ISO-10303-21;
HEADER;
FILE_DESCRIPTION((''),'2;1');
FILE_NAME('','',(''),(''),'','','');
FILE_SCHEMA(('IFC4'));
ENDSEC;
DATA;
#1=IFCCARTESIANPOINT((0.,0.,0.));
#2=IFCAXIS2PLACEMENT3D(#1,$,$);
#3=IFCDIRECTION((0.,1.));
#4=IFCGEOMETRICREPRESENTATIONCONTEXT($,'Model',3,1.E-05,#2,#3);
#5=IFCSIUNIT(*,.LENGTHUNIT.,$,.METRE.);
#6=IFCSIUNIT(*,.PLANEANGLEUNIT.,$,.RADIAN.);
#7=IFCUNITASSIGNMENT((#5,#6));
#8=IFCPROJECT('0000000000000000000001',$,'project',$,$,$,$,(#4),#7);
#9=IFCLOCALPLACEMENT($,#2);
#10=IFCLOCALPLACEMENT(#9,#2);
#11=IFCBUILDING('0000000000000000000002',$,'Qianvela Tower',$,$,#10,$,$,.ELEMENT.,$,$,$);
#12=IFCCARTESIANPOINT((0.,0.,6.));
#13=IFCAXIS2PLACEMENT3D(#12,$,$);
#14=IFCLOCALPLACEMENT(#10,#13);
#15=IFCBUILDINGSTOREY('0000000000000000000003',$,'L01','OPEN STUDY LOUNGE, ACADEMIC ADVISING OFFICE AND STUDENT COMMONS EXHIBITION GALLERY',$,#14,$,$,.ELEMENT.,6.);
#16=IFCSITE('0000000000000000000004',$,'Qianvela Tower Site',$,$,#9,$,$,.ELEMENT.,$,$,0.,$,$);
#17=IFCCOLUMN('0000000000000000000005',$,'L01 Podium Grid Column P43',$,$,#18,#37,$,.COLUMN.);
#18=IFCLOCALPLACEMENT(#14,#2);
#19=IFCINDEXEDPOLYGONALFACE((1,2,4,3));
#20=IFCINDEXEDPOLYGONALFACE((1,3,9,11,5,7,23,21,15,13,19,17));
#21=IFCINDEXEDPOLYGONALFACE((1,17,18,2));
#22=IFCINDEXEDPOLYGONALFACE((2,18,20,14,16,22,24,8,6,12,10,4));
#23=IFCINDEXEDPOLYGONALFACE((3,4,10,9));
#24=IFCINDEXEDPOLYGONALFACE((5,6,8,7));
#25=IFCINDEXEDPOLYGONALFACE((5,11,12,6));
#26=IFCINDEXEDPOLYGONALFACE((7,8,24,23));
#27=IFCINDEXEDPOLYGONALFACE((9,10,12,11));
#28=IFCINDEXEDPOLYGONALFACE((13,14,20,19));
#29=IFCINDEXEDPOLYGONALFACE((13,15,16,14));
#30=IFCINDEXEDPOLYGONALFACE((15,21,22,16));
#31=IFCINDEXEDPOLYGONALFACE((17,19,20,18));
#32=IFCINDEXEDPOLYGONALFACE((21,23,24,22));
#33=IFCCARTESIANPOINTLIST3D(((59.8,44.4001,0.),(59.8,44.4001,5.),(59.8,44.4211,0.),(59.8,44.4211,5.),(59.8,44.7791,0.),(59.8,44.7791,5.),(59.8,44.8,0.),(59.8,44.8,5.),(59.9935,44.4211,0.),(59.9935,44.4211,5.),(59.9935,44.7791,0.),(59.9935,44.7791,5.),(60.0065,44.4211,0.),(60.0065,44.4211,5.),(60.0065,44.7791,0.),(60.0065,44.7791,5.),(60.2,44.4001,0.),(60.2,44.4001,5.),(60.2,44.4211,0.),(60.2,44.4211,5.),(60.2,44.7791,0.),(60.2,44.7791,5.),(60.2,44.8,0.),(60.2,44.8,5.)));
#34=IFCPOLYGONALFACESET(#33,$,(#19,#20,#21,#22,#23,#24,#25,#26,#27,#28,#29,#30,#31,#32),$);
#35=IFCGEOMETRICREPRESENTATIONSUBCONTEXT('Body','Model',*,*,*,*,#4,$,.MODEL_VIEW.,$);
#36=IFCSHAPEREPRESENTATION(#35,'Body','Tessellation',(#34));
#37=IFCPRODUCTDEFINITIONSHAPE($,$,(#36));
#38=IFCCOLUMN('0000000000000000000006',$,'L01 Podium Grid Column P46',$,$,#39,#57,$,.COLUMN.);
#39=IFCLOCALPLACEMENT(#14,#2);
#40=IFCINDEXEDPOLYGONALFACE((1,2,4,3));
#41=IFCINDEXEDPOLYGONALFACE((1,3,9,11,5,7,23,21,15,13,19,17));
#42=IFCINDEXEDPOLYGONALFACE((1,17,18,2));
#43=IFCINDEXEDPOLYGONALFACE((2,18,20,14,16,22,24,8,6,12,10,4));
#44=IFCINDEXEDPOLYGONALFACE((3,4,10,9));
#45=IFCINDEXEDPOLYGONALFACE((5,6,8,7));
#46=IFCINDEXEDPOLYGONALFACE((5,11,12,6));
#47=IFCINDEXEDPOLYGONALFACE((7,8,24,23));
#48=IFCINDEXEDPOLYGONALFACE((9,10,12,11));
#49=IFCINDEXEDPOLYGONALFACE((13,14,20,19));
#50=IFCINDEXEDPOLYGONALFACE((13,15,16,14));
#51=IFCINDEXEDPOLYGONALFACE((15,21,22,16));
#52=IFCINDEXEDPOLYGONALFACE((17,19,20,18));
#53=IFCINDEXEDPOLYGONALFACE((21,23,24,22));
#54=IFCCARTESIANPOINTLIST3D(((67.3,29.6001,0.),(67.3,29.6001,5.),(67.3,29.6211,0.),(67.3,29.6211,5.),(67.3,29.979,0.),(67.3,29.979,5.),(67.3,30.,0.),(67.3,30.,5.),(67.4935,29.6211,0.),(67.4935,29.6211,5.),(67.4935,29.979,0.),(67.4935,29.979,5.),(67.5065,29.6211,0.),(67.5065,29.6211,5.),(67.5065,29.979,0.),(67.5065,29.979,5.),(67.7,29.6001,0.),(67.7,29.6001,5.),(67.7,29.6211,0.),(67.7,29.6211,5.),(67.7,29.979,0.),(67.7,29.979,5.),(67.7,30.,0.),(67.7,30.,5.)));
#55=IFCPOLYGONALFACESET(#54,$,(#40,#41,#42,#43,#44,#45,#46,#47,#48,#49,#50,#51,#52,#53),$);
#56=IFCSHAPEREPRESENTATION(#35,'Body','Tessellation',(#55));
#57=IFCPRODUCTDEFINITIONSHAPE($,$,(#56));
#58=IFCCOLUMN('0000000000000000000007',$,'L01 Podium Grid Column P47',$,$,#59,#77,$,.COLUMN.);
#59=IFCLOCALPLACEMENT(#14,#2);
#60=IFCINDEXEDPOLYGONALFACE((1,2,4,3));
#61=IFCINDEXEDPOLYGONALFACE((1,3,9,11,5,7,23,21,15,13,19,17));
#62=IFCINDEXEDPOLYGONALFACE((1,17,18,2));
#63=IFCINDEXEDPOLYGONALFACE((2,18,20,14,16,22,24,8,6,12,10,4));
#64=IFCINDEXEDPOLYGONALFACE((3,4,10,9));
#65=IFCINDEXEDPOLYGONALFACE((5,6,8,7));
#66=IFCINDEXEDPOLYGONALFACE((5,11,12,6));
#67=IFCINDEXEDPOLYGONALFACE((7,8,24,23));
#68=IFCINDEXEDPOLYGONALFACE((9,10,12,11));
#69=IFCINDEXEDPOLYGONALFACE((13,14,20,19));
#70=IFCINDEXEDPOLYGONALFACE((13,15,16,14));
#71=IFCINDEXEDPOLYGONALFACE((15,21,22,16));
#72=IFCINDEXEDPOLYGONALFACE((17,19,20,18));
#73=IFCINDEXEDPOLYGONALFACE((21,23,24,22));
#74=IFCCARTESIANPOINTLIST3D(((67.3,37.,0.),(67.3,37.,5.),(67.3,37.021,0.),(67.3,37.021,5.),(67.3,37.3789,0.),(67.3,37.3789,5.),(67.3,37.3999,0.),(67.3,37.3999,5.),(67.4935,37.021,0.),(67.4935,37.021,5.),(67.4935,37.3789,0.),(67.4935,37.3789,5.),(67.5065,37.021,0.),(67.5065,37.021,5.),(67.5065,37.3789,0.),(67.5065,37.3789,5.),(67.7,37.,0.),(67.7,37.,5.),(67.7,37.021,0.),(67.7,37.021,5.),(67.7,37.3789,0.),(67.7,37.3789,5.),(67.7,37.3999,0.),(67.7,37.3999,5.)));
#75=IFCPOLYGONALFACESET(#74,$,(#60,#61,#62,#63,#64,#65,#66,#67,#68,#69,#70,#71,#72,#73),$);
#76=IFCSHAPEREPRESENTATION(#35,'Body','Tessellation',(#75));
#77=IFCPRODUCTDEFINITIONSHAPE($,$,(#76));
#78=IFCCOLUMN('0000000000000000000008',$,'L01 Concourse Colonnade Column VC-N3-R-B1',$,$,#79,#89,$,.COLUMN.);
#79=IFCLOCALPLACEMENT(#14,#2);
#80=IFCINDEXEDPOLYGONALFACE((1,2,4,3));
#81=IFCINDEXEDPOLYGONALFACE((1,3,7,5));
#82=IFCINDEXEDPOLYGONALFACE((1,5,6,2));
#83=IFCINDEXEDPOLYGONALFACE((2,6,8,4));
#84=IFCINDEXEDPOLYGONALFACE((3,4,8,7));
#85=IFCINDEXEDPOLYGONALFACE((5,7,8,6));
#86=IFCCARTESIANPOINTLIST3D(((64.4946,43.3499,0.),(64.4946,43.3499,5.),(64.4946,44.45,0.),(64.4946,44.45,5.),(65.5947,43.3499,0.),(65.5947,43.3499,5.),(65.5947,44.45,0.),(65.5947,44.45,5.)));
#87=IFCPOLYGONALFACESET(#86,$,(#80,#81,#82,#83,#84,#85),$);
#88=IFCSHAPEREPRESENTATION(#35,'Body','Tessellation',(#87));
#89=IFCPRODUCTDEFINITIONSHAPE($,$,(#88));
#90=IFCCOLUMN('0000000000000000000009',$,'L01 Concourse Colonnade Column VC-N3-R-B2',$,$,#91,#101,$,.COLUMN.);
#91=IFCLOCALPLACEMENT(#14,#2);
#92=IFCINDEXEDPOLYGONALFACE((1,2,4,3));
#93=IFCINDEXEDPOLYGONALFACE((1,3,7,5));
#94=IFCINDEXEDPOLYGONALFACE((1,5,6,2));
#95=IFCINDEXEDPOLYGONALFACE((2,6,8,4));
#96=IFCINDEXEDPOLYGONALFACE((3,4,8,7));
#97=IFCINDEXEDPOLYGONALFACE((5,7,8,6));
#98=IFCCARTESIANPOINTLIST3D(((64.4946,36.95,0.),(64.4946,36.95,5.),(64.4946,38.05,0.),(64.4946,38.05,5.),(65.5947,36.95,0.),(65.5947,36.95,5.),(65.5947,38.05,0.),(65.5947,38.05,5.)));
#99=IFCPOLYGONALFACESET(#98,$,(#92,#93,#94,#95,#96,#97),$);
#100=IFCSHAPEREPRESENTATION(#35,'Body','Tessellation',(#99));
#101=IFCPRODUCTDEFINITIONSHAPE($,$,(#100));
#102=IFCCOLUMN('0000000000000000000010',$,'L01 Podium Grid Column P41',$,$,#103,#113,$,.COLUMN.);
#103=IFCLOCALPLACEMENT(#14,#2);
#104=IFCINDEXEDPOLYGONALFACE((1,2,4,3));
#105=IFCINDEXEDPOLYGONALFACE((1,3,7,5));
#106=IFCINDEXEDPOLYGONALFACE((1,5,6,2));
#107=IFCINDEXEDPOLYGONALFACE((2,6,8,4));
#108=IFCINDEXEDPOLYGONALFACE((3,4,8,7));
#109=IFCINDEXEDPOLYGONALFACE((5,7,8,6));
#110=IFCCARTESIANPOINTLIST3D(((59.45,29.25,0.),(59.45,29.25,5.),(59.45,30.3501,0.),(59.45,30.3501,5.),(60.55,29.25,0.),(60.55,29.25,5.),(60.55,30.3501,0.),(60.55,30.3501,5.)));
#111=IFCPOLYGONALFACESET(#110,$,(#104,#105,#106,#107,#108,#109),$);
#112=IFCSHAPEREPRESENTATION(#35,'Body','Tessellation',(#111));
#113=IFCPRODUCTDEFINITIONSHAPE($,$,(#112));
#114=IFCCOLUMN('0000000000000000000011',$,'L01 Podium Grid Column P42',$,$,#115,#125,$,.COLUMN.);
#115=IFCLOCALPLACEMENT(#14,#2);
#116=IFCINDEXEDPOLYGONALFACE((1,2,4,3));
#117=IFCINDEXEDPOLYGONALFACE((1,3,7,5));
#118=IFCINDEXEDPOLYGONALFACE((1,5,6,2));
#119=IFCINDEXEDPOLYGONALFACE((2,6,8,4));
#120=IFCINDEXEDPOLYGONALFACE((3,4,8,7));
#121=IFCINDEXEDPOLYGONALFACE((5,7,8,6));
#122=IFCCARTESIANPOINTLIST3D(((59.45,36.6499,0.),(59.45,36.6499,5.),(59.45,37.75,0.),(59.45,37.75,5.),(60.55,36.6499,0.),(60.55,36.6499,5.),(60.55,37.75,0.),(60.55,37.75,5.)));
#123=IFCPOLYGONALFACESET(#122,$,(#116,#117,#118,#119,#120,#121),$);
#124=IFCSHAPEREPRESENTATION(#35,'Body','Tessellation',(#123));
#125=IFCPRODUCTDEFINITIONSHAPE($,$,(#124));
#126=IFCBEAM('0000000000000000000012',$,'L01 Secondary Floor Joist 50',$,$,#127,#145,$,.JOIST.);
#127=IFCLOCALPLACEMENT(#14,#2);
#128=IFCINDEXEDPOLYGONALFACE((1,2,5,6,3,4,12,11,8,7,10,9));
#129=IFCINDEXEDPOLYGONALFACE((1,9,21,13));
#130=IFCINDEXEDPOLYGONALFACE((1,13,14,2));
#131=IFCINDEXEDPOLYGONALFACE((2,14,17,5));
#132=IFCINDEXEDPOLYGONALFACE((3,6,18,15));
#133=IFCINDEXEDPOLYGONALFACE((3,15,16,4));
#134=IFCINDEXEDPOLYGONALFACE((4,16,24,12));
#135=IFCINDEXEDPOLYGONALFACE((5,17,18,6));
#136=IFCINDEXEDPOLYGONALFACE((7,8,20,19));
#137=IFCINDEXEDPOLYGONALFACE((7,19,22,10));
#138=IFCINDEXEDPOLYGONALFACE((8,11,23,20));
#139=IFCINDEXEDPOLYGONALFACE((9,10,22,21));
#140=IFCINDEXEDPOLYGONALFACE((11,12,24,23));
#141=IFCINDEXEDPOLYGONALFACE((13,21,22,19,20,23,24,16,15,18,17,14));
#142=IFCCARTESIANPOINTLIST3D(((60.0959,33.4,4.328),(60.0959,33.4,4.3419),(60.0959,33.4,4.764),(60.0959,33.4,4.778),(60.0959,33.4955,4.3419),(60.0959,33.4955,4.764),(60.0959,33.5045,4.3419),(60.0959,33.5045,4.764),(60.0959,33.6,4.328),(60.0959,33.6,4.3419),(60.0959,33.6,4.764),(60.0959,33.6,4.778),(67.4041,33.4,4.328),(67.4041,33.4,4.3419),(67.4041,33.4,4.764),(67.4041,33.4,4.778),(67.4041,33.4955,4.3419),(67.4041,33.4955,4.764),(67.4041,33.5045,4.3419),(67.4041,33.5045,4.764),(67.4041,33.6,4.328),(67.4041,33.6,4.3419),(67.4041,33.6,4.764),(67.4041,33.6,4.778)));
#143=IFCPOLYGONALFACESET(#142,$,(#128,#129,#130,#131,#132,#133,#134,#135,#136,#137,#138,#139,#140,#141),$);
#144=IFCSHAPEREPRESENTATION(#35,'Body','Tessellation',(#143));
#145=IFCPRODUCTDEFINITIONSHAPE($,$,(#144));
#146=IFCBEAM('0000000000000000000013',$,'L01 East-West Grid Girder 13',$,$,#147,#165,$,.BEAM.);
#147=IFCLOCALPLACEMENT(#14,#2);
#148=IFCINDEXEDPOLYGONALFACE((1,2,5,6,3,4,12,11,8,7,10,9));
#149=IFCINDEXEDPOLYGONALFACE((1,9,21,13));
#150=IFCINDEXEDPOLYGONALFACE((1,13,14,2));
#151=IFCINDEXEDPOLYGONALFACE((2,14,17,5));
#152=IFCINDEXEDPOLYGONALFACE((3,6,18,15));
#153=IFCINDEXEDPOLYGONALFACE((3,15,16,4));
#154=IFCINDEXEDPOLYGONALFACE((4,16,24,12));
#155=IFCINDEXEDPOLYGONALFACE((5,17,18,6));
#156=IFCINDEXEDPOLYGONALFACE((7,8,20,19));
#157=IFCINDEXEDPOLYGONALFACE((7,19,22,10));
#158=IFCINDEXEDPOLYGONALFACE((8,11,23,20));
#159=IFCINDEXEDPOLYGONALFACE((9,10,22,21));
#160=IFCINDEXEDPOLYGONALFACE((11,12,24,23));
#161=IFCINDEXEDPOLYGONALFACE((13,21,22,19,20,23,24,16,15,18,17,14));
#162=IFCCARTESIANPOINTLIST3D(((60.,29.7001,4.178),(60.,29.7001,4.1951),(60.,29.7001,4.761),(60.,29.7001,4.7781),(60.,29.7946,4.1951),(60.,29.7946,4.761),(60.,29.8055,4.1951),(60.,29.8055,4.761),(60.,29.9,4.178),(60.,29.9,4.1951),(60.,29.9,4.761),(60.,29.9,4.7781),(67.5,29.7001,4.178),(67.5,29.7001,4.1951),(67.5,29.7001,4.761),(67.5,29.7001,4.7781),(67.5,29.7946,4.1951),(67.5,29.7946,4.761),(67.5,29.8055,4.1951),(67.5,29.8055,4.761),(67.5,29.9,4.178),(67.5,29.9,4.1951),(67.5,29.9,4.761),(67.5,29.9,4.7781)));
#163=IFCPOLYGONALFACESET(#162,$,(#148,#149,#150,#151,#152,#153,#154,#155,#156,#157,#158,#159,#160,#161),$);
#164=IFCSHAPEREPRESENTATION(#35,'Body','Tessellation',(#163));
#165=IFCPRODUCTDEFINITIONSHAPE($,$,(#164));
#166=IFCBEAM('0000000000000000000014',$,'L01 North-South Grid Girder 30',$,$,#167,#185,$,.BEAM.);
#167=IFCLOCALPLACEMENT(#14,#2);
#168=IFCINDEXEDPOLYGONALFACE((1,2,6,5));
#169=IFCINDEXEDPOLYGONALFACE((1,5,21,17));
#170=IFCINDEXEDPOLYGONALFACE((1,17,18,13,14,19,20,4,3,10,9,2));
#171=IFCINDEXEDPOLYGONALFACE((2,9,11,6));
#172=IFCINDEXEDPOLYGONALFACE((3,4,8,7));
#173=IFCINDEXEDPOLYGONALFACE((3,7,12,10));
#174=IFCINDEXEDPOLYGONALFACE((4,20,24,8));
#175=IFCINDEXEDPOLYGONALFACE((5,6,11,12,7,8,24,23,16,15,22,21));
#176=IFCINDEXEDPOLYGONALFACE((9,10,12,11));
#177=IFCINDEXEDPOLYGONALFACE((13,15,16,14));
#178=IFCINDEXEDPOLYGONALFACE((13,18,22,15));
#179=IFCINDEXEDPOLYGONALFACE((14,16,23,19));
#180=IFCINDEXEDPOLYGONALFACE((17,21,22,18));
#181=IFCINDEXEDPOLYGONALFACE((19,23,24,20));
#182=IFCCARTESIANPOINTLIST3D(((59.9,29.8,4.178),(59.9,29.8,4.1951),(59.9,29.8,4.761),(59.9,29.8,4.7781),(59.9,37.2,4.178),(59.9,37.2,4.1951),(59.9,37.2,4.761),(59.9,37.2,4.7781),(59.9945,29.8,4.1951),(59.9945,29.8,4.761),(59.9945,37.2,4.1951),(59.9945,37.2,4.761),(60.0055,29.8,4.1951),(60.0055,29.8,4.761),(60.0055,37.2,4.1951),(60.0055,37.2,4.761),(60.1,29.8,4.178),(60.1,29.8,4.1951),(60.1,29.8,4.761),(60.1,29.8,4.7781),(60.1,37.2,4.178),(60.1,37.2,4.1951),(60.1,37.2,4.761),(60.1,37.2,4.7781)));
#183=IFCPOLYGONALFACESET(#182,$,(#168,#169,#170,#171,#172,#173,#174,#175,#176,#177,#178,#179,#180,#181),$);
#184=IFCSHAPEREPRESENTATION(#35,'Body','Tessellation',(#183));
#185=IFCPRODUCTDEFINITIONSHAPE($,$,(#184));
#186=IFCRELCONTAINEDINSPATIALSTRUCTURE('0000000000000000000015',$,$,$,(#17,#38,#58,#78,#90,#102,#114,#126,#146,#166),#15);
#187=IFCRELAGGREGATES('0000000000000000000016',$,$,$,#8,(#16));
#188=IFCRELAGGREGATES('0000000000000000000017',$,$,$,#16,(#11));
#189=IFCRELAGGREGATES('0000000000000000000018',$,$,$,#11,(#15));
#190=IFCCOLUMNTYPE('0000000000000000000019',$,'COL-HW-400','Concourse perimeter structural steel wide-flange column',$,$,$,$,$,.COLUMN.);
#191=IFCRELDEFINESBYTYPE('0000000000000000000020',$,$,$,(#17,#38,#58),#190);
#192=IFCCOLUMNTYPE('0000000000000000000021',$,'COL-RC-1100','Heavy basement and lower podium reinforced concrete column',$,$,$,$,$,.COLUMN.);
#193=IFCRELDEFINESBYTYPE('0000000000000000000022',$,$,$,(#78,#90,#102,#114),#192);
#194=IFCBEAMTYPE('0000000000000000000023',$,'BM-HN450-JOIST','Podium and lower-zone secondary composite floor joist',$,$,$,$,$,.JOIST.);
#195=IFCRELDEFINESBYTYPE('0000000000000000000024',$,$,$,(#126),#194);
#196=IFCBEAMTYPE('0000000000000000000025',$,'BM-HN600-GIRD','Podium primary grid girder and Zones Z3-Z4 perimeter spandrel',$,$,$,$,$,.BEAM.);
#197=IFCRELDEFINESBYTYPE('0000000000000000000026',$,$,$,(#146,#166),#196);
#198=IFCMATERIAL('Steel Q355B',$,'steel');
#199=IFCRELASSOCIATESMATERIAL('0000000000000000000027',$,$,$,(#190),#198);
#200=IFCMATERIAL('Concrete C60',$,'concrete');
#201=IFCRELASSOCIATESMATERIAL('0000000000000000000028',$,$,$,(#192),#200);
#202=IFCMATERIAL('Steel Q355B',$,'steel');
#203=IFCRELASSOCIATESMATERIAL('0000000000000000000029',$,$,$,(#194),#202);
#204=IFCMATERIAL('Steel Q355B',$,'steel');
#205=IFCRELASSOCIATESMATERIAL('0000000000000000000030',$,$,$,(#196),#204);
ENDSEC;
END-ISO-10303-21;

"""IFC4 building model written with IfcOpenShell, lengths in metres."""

from ifc_helpers import new_model, si_unit, direction, frame, origin, origin_2d, place, context, subcontext, project, spatial, rectangle, i_section, extrude, material, material_profile, profile_set, type_object, element, save


model = new_model("IFC4")

# Units and contexts
model_context = context("Model", 3, precision=1e-05, world=origin(), true_north=direction((0.0, 1.0)))
body_context = subcontext(model_context, "Body", "Model", "MODEL_VIEW")
ifc_project = project(units=[si_unit("LENGTHUNIT", "METRE"), si_unit("PLANEANGLEUNIT", "RADIAN")], contexts=[model_context])

# Site, building, storey
site_placement = place(None, origin())
site = spatial("IfcSite", under=ifc_project, at=site_placement, Name="Qianvela Tower Site", CompositionType="ELEMENT", RefElevation=0.0)
building_placement = place(site_placement, origin())
building = spatial("IfcBuilding", under=site, at=building_placement, Name="Qianvela Tower", CompositionType="ELEMENT")
storey_placement = place(building_placement, frame((0.0, 0.0, 6.0)))
storey = spatial("IfcBuildingStorey", under=building, at=storey_placement, Name="L01", Description="OPEN STUDY LOUNGE, ACADEMIC ADVISING OFFICE AND STUDENT COMMONS EXHIBITION GALLERY", CompositionType="ELEMENT", Elevation=6.0)

# Columns
ifc_material_1 = material(Name="Steel Q355B", Category="steel")
ifc_material_profile_1 = material_profile(ifc_material_1, i_section(OverallWidth=0.3999, OverallDepth=0.3999, WebThickness=0.0129, FlangeThickness=0.021, at=origin_2d()), Name="HW400x400x13x21")
ifc_profile_set_1 = profile_set([ifc_material_profile_1], Name="Steel Q355B")
column_type_1 = type_object("IfcColumnType", Name="COL-HW-400", Description="Concourse perimeter structural steel wide-flange column", PredefinedType="COLUMN", material=ifc_profile_set_1)
for number, where, z_axis, x_axis, name in (
    (1, (60.0, 44.6001, 0.0), (0.0, 0.0, 1.0), (1.0, 0.0, 0.0), "L01 Podium Grid Column P43"),
    (2, (67.5, 29.8, 0.0), (0.0, 0.0, 1.0), (1.0, 0.0, 0.0), "L01 Podium Grid Column P46"),
    (3, (67.5, 37.2, 0.0), (0.0, 0.0, 1.0), (1.0, 0.0, 0.0), "L01 Podium Grid Column P47"),
):
    element("IfcColumn", number, at=place(storey_placement, frame(where, z_axis=z_axis, x_axis=x_axis)), inside=storey, type_object=column_type_1, Name=name, PredefinedType="COLUMN", context=body_context, shape_type="SweptSolid", body=[
        extrude(i_section(OverallWidth=0.3999, OverallDepth=0.3999, WebThickness=0.0129, FlangeThickness=0.021, at=origin_2d()), origin(), (0.0, 0.0, 1.0), 5.0),
    ])
ifc_material_2 = material(Name="Concrete C60", Category="concrete")
ifc_material_profile_2 = material_profile(ifc_material_2, rectangle(XDim=1.1001, YDim=1.1001, at=origin_2d()), Name="RC-COL-1100x1100")
ifc_profile_set_2 = profile_set([ifc_material_profile_2], Name="Concrete C60")
column_type_2 = type_object("IfcColumnType", Name="COL-RC-1100", Description="Heavy basement and lower podium reinforced concrete column", PredefinedType="COLUMN", material=ifc_profile_set_2)
for number, where, z_axis, x_axis, name in (
    (4, (65.0447, 43.8999, 0.0), (0.0, 0.0, 1.0), (1.0, 0.0, 0.0), "L01 Concourse Colonnade Column VC-N3-R-B1"),
    (5, (65.0447, 37.5, 0.0), (0.0, 0.0, 1.0), (1.0, 0.0, 0.0), "L01 Concourse Colonnade Column VC-N3-R-B2"),
    (6, (60.0, 29.8, 0.0), (0.0, 0.0, 1.0), (1.0, 0.0, 0.0), "L01 Podium Grid Column P41"),
    (7, (60.0, 37.2, 0.0), (0.0, 0.0, 1.0), (1.0, 0.0, 0.0), "L01 Podium Grid Column P42"),
):
    element("IfcColumn", number, at=place(storey_placement, frame(where, z_axis=z_axis, x_axis=x_axis)), inside=storey, type_object=column_type_2, Name=name, PredefinedType="COLUMN", context=body_context, shape_type="SweptSolid", body=[
        extrude(rectangle(XDim=1.1001, YDim=1.1001, at=origin_2d()), origin(), (0.0, 0.0, 1.0), 5.0),
    ])

# Beams
ifc_material_3 = material(Name="Steel Q355B", Category="steel")
ifc_material_profile_3 = material_profile(ifc_material_3, i_section(OverallWidth=0.2, OverallDepth=0.45, WebThickness=0.009, FlangeThickness=0.0139, at=origin_2d()), Name="HN450x200x9x14")
ifc_profile_set_3 = profile_set([ifc_material_profile_3], Name="Steel Q355B")
beam_type_1 = type_object("IfcBeamType", Name="BM-HN450-JOIST", Description="Podium and lower-zone secondary composite floor joist", PredefinedType="JOIST", material=ifc_profile_set_3)
beam_1_placement = place(storey_placement, frame((60.0959, 33.5, 4.553), z_axis=(1.0, 0.0, 0.0), x_axis=(0.0, 1.0, 0.0)))
element("IfcBeam", 8, at=beam_1_placement, inside=storey, type_object=beam_type_1, Name="L01 Secondary Floor Joist 50", PredefinedType="JOIST", context=body_context, shape_type="SweptSolid", body=[
    extrude(i_section(OverallWidth=0.2, OverallDepth=0.45, WebThickness=0.009, FlangeThickness=0.0139, at=origin_2d()), origin(), (0.0, 0.0, 1.0), 7.3081),
])
ifc_material_4 = material(Name="Steel Q355B", Category="steel")
ifc_material_profile_4 = material_profile(ifc_material_4, i_section(OverallWidth=0.2, OverallDepth=0.6001, WebThickness=0.011, FlangeThickness=0.0171, at=origin_2d()), Name="HN600x200x11x17")
ifc_profile_set_4 = profile_set([ifc_material_profile_4], Name="Steel Q355B")
beam_type_2 = type_object("IfcBeamType", Name="BM-HN600-GIRD", Description="Podium primary grid girder and Zones Z3-Z4 perimeter spandrel", PredefinedType="BEAM", material=ifc_profile_set_4)
beam_2_placement = place(storey_placement, frame((60.0, 29.8, 4.478), z_axis=(1.0, 0.0, 0.0), x_axis=(0.0, 1.0, 0.0)))
element("IfcBeam", 9, at=beam_2_placement, inside=storey, type_object=beam_type_2, Name="L01 East-West Grid Girder 13", PredefinedType="BEAM", context=body_context, shape_type="SweptSolid", body=[
    extrude(i_section(OverallWidth=0.2, OverallDepth=0.6001, WebThickness=0.011, FlangeThickness=0.0171, at=origin_2d()), origin(), (0.0, 0.0, 1.0), 7.5),
])
beam_3_placement = place(storey_placement, frame((60.0, 29.8, 4.478), z_axis=(0.0, 1.0, 0.0), x_axis=(-1.0, 0.0, 0.0)))
element("IfcBeam", 10, at=beam_3_placement, inside=storey, type_object=beam_type_2, Name="L01 North-South Grid Girder 30", PredefinedType="BEAM", context=body_context, shape_type="SweptSolid", body=[
    extrude(i_section(OverallWidth=0.2, OverallDepth=0.6001, WebThickness=0.011, FlangeThickness=0.0171, at=origin_2d()), origin(), (0.0, 0.0, 1.0), 7.3999),
])

save(model, "model.ifc")
